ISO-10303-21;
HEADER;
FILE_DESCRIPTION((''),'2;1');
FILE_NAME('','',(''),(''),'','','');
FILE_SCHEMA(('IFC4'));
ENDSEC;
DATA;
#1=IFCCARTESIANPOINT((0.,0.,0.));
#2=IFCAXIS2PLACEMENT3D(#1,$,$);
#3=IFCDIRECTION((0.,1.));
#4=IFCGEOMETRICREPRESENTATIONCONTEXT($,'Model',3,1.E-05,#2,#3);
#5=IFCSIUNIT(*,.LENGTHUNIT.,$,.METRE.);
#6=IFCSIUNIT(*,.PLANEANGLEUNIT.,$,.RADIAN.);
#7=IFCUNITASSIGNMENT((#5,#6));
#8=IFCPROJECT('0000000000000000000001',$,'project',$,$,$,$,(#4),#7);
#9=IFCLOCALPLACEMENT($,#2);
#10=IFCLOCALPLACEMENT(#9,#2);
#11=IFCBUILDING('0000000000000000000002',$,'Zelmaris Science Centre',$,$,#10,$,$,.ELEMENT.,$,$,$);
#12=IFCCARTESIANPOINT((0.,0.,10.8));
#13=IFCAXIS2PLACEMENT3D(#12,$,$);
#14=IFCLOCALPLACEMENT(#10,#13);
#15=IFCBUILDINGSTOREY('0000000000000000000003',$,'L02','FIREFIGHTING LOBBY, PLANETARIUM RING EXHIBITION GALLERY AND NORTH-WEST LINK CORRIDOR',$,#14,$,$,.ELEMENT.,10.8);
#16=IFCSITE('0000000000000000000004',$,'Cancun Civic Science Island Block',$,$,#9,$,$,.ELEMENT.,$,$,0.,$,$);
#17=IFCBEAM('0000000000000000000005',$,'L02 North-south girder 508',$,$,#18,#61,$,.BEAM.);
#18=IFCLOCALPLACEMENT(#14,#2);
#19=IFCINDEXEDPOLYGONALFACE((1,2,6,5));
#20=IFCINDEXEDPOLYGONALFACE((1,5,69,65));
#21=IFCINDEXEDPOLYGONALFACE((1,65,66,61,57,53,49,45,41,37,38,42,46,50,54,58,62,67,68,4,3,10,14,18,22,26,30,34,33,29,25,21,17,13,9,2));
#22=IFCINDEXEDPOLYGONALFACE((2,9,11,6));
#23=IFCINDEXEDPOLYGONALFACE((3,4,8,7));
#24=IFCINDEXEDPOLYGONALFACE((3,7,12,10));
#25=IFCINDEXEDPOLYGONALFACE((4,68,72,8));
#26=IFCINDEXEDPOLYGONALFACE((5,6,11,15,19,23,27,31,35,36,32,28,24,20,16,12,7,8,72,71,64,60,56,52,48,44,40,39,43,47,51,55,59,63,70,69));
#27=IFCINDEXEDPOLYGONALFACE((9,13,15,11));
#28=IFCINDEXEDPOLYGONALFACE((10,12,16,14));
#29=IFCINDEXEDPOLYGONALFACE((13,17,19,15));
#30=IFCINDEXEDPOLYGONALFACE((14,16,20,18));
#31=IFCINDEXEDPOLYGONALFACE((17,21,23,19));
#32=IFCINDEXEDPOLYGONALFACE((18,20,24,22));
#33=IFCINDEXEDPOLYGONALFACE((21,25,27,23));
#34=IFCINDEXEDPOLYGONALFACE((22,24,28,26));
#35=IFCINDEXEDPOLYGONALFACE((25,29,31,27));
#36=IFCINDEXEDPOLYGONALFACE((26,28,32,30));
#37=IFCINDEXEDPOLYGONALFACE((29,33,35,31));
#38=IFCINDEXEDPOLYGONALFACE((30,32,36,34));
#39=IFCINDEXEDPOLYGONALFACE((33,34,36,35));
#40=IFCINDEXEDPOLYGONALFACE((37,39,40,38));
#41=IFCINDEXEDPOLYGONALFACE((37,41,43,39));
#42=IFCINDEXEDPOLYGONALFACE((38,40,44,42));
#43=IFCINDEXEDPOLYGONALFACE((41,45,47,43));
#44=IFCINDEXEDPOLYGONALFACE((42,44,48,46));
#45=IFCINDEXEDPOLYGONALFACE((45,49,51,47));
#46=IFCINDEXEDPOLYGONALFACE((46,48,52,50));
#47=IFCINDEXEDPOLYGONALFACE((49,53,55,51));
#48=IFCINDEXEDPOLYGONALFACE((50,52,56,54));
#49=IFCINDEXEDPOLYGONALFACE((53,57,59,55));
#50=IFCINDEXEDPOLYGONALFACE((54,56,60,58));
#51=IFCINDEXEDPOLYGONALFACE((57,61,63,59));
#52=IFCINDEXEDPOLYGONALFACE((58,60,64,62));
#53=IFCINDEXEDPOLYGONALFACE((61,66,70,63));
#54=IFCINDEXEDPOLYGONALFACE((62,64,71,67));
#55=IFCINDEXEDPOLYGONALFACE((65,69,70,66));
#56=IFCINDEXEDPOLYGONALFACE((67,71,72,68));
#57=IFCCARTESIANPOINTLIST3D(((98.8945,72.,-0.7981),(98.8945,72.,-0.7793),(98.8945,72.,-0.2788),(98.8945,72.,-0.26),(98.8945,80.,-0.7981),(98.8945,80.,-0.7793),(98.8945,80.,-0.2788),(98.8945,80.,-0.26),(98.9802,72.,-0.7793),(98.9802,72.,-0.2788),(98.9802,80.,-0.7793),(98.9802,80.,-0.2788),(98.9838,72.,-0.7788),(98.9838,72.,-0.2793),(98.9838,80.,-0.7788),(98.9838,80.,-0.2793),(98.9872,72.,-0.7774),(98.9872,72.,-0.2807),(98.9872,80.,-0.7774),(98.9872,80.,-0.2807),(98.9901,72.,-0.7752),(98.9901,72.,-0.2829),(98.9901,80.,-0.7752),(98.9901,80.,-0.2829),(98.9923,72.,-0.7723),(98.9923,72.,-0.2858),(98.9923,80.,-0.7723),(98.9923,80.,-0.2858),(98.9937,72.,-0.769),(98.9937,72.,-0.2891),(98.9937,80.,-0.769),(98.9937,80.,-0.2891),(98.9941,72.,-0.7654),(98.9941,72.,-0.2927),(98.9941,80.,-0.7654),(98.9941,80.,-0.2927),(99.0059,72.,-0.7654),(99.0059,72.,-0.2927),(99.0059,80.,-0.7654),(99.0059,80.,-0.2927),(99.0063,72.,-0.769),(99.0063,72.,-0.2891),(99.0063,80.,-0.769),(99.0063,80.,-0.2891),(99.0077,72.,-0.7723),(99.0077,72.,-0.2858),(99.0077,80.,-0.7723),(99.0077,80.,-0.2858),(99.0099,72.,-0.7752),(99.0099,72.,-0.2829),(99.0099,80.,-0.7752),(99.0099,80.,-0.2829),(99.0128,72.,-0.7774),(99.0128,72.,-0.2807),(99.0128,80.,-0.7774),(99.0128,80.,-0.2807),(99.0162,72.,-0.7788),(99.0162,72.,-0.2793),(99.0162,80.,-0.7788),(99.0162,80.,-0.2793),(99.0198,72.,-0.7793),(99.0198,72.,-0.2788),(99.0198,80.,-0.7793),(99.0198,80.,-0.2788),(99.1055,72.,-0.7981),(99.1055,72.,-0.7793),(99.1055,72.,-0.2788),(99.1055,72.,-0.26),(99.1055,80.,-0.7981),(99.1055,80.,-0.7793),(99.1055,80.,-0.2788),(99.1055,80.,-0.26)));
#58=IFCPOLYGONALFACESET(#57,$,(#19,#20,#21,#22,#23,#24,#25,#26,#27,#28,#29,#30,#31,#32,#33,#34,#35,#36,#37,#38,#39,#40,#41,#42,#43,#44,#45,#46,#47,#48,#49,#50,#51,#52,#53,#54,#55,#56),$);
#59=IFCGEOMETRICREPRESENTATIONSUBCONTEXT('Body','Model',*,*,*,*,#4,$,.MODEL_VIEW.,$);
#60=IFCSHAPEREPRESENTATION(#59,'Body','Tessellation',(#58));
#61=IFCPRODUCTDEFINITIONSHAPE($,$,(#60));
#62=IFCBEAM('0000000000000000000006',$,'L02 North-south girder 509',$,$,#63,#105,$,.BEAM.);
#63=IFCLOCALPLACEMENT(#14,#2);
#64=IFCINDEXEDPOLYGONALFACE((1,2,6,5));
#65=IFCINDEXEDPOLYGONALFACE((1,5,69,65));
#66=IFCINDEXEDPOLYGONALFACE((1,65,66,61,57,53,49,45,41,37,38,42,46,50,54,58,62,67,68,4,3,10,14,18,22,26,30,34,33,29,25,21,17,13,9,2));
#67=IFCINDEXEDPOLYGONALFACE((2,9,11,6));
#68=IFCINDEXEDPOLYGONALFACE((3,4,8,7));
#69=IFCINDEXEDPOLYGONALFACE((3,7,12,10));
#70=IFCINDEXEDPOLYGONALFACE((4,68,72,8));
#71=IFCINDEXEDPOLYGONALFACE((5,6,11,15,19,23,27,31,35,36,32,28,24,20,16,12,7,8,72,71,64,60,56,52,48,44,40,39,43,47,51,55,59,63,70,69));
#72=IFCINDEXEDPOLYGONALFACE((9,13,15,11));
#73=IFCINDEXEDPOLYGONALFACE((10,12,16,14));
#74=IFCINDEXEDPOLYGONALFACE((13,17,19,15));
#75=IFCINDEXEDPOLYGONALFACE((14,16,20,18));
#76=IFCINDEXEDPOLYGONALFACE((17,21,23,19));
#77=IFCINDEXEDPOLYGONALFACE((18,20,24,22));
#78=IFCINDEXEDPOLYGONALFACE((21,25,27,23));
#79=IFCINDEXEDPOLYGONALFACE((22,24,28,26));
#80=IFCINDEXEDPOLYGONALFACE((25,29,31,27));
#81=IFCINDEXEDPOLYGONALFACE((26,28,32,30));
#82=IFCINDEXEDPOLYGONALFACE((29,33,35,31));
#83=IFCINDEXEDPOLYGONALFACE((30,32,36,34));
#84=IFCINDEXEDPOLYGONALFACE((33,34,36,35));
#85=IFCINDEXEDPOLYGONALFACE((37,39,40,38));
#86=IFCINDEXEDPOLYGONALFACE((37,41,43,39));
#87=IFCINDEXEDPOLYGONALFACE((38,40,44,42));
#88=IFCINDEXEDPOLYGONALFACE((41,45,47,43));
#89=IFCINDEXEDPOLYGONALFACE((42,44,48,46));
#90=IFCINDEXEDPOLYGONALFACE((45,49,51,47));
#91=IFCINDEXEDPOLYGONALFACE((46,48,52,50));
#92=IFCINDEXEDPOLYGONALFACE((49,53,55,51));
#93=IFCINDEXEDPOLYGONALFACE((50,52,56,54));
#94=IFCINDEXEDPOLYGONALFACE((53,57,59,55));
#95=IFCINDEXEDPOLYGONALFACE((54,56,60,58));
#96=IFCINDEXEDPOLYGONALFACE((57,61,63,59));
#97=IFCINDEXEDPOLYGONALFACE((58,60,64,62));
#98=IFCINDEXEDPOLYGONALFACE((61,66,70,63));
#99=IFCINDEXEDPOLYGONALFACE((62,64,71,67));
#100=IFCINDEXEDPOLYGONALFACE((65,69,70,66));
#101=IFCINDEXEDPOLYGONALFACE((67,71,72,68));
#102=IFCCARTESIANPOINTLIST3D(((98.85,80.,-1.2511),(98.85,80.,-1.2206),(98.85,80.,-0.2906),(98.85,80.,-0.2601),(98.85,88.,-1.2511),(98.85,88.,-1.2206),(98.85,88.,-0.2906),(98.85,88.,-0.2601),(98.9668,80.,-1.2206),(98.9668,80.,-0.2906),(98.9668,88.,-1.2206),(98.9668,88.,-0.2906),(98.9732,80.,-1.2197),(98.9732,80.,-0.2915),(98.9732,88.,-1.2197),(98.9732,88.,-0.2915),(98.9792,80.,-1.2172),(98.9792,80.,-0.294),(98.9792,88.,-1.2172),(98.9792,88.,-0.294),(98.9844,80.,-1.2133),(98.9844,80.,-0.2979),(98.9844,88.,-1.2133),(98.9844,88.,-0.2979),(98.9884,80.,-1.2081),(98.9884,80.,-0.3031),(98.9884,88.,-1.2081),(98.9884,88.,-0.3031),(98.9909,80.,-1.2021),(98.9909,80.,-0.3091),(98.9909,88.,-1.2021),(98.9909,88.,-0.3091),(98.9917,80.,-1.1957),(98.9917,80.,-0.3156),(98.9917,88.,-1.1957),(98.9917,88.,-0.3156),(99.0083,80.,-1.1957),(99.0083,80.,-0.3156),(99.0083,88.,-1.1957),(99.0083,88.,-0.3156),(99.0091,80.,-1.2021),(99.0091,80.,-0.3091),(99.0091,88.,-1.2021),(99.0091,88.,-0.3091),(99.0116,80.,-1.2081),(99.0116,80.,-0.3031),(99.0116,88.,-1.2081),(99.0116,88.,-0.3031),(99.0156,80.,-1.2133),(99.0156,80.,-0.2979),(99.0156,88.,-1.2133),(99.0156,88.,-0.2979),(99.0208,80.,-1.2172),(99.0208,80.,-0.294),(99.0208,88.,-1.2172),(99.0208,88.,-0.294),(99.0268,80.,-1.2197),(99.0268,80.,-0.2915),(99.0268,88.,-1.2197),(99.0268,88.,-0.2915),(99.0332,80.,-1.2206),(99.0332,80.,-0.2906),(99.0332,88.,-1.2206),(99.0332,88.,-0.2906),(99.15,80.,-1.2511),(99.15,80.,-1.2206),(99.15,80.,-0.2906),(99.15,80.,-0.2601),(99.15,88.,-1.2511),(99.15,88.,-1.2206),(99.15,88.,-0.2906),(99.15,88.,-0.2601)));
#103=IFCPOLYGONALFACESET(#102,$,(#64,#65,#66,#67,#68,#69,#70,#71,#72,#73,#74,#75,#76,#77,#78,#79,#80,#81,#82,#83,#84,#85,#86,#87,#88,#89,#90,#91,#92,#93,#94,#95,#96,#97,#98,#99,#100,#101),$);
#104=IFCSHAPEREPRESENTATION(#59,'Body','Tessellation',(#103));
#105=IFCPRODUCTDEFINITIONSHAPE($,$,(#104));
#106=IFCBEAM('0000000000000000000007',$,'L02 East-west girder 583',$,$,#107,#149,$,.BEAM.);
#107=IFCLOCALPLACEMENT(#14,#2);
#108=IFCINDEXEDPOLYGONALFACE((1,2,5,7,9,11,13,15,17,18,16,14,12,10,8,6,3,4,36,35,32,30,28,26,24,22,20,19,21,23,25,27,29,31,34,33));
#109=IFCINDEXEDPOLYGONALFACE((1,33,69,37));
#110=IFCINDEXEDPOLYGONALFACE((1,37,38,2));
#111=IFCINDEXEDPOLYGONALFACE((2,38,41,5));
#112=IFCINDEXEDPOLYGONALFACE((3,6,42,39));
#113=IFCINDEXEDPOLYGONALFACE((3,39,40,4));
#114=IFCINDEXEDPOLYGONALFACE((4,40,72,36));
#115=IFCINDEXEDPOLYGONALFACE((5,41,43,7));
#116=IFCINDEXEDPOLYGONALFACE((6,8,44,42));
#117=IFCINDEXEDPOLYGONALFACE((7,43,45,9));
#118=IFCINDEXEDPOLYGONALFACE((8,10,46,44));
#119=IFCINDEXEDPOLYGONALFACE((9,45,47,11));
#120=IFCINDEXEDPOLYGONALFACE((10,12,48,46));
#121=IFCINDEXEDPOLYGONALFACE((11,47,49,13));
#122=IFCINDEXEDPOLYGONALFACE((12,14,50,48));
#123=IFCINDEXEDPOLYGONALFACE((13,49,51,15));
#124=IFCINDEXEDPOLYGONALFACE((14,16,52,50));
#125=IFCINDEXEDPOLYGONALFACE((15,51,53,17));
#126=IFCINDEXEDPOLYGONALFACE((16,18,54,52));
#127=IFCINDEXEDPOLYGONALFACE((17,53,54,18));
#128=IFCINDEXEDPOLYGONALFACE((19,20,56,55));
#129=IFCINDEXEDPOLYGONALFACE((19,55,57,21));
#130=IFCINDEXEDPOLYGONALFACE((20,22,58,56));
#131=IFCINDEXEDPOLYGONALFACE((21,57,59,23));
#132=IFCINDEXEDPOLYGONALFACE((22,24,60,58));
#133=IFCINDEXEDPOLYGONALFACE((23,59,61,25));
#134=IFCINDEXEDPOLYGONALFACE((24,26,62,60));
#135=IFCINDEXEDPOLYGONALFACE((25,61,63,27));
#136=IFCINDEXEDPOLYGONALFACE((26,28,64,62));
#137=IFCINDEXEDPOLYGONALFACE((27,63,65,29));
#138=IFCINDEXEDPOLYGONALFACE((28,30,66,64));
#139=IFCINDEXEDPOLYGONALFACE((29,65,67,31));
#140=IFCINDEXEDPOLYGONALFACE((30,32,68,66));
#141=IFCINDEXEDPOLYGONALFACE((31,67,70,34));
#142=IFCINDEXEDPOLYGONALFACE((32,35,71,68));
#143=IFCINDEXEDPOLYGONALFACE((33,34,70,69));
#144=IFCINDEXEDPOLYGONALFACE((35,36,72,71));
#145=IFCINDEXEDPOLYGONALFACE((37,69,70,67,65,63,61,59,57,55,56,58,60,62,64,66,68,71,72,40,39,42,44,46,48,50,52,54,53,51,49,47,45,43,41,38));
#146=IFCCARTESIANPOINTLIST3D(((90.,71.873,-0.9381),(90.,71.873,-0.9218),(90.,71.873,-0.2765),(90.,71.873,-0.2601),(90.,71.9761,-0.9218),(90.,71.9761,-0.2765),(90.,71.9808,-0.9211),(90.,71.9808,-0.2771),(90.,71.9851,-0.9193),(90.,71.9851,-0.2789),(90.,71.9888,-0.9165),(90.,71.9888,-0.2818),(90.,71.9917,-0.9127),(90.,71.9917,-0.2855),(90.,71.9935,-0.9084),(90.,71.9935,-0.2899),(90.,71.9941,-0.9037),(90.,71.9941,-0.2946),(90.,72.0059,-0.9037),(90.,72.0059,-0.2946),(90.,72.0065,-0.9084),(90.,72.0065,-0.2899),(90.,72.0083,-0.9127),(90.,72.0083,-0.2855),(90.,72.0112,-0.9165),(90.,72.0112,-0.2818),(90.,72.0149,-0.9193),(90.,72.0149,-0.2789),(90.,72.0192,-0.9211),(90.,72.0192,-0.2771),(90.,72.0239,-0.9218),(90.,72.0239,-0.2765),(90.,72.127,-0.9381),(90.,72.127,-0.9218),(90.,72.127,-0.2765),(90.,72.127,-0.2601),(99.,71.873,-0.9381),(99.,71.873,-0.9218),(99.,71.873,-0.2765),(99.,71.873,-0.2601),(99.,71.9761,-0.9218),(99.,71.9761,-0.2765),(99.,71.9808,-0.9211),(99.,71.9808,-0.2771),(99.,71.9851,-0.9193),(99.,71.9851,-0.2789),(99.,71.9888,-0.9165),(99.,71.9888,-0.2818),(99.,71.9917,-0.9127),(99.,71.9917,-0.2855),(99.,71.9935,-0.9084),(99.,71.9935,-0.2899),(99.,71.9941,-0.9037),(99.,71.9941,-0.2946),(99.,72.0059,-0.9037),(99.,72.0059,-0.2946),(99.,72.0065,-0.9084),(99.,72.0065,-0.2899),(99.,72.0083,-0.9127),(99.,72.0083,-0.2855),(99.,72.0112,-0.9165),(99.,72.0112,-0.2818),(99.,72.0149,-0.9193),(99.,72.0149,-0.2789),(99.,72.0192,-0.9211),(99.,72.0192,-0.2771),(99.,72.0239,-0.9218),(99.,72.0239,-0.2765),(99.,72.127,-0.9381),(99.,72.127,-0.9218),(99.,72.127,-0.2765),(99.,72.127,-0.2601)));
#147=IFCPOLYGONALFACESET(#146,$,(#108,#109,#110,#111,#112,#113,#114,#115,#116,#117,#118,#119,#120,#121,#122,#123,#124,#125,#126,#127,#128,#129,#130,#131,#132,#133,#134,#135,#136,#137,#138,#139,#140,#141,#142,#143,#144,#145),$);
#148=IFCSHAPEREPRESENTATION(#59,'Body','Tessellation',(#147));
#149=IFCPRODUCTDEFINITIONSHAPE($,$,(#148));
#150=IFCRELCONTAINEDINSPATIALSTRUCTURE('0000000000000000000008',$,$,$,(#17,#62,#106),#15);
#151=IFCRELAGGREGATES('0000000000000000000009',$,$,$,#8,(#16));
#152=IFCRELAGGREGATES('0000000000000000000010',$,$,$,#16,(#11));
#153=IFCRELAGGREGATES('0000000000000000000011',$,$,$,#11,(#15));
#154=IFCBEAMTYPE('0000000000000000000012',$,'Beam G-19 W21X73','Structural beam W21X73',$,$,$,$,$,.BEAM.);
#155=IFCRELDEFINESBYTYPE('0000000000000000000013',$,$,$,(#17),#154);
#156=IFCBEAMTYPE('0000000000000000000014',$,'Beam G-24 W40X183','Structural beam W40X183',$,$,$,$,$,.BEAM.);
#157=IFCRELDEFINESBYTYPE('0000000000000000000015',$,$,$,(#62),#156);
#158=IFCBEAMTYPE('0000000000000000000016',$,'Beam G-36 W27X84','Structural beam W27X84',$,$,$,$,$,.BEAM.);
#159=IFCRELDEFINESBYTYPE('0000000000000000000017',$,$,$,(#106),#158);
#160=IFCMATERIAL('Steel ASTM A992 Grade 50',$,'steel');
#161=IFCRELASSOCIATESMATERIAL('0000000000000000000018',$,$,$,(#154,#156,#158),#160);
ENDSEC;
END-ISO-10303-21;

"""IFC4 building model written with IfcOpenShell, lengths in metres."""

from ifc_helpers import new_model, si_unit, direction, frame, origin, origin_2d, place, context, subcontext, project, spatial, i_section, extrude, material, material_profile, profile_set, type_object, element, save


model = new_model("IFC4")

# Units and contexts
model_context = context("Model", 3, precision=1e-05, world=origin(), true_north=direction((0.0, 1.0)))
body_context = subcontext(model_context, "Body", "Model", "MODEL_VIEW")
ifc_project = project(units=[si_unit("LENGTHUNIT", "METRE"), si_unit("PLANEANGLEUNIT", "RADIAN")], contexts=[model_context])

# Site, building, storey
site_placement = place(None, origin())
site = spatial("IfcSite", under=ifc_project, at=site_placement, Name="Cancun Civic Science Island Block", CompositionType="ELEMENT", RefElevation=0.0)
building_placement = place(site_placement, origin())
building = spatial("IfcBuilding", under=site, at=building_placement, Name="Zelmaris Science Centre", CompositionType="ELEMENT")
storey_placement = place(building_placement, frame((0.0, 0.0, 10.8)))
storey = spatial("IfcBuildingStorey", under=building, at=storey_placement, Name="L02", Description="FIREFIGHTING LOBBY, PLANETARIUM RING EXHIBITION GALLERY AND NORTH-WEST LINK CORRIDOR", CompositionType="ELEMENT", Elevation=10.8)

# Shared definitions
ifc_material_1 = material(Name="Steel ASTM A992 Grade 50", Category="steel")

# Beams
ifc_material_profile_1 = material_profile(ifc_material_1, i_section(OverallWidth=0.2109, OverallDepth=0.5381, WebThickness=0.0117, FlangeThickness=0.0188, FilletRadius=0.0139, at=origin_2d()), Name="W21X73")
ifc_profile_set_1 = profile_set([ifc_material_profile_1], Name="Steel ASTM A992 Grade 50")
beam_type_1 = type_object("IfcBeamType", Name="Beam G-19 W21X73", Description="Structural beam W21X73", PredefinedType="BEAM", material=ifc_profile_set_1)
beam_1_placement = place(storey_placement, frame((99.0, 72.0, -0.5291), z_axis=(0.0, 1.0, 0.0), x_axis=(-1.0, 0.0, 0.0)))
element("IfcBeam", 1, at=beam_1_placement, inside=storey, type_object=beam_type_1, Name="L02 North-south girder 508", PredefinedType="BEAM", context=body_context, shape_type="SweptSolid", body=[
    extrude(i_section(OverallWidth=0.2109, OverallDepth=0.5381, WebThickness=0.0117, FlangeThickness=0.0188, FilletRadius=0.0139, at=origin_2d()), origin(), (0.0, 0.0, 1.0), 8.0),
])
ifc_material_profile_2 = material_profile(ifc_material_1, i_section(OverallWidth=0.3, OverallDepth=0.991, WebThickness=0.0166, FlangeThickness=0.0305, FilletRadius=0.0249, at=origin_2d()), Name="W40X183")
ifc_profile_set_2 = profile_set([ifc_material_profile_2], Name="Steel ASTM A992 Grade 50")
beam_type_2 = type_object("IfcBeamType", Name="Beam G-24 W40X183", Description="Structural beam W40X183", PredefinedType="BEAM", material=ifc_profile_set_2)
beam_2_placement = place(storey_placement, frame((99.0, 80.0, -0.7556), z_axis=(0.0, 1.0, 0.0), x_axis=(-1.0, 0.0, 0.0)))
element("IfcBeam", 2, at=beam_2_placement, inside=storey, type_object=beam_type_2, Name="L02 North-south girder 509", PredefinedType="BEAM", context=body_context, shape_type="SweptSolid", body=[
    extrude(i_section(OverallWidth=0.3, OverallDepth=0.991, WebThickness=0.0166, FlangeThickness=0.0305, FilletRadius=0.0249, at=origin_2d()), origin(), (0.0, 0.0, 1.0), 8.0),
])
ifc_material_profile_3 = material_profile(ifc_material_1, i_section(OverallWidth=0.2539, OverallDepth=0.678, WebThickness=0.0117, FlangeThickness=0.0164, FilletRadius=0.0181, at=origin_2d()), Name="W27X84")
ifc_profile_set_3 = profile_set([ifc_material_profile_3], Name="Steel ASTM A992 Grade 50")
beam_type_3 = type_object("IfcBeamType", Name="Beam G-36 W27X84", Description="Structural beam W27X84", PredefinedType="BEAM", material=ifc_profile_set_3)
beam_3_placement = place(storey_placement, frame((90.0, 72.0, -0.5991), z_axis=(1.0, 0.0, 0.0), x_axis=(0.0, 1.0, 0.0)))
element("IfcBeam", 3, at=beam_3_placement, inside=storey, type_object=beam_type_3, Name="L02 East-west girder 583", PredefinedType="BEAM", context=body_context, shape_type="SweptSolid", body=[
    extrude(i_section(OverallWidth=0.2539, OverallDepth=0.678, WebThickness=0.0117, FlangeThickness=0.0164, FilletRadius=0.0181, at=origin_2d()), origin(), (0.0, 0.0, 1.0), 9.0),
])

save(model, "model.ifc")
